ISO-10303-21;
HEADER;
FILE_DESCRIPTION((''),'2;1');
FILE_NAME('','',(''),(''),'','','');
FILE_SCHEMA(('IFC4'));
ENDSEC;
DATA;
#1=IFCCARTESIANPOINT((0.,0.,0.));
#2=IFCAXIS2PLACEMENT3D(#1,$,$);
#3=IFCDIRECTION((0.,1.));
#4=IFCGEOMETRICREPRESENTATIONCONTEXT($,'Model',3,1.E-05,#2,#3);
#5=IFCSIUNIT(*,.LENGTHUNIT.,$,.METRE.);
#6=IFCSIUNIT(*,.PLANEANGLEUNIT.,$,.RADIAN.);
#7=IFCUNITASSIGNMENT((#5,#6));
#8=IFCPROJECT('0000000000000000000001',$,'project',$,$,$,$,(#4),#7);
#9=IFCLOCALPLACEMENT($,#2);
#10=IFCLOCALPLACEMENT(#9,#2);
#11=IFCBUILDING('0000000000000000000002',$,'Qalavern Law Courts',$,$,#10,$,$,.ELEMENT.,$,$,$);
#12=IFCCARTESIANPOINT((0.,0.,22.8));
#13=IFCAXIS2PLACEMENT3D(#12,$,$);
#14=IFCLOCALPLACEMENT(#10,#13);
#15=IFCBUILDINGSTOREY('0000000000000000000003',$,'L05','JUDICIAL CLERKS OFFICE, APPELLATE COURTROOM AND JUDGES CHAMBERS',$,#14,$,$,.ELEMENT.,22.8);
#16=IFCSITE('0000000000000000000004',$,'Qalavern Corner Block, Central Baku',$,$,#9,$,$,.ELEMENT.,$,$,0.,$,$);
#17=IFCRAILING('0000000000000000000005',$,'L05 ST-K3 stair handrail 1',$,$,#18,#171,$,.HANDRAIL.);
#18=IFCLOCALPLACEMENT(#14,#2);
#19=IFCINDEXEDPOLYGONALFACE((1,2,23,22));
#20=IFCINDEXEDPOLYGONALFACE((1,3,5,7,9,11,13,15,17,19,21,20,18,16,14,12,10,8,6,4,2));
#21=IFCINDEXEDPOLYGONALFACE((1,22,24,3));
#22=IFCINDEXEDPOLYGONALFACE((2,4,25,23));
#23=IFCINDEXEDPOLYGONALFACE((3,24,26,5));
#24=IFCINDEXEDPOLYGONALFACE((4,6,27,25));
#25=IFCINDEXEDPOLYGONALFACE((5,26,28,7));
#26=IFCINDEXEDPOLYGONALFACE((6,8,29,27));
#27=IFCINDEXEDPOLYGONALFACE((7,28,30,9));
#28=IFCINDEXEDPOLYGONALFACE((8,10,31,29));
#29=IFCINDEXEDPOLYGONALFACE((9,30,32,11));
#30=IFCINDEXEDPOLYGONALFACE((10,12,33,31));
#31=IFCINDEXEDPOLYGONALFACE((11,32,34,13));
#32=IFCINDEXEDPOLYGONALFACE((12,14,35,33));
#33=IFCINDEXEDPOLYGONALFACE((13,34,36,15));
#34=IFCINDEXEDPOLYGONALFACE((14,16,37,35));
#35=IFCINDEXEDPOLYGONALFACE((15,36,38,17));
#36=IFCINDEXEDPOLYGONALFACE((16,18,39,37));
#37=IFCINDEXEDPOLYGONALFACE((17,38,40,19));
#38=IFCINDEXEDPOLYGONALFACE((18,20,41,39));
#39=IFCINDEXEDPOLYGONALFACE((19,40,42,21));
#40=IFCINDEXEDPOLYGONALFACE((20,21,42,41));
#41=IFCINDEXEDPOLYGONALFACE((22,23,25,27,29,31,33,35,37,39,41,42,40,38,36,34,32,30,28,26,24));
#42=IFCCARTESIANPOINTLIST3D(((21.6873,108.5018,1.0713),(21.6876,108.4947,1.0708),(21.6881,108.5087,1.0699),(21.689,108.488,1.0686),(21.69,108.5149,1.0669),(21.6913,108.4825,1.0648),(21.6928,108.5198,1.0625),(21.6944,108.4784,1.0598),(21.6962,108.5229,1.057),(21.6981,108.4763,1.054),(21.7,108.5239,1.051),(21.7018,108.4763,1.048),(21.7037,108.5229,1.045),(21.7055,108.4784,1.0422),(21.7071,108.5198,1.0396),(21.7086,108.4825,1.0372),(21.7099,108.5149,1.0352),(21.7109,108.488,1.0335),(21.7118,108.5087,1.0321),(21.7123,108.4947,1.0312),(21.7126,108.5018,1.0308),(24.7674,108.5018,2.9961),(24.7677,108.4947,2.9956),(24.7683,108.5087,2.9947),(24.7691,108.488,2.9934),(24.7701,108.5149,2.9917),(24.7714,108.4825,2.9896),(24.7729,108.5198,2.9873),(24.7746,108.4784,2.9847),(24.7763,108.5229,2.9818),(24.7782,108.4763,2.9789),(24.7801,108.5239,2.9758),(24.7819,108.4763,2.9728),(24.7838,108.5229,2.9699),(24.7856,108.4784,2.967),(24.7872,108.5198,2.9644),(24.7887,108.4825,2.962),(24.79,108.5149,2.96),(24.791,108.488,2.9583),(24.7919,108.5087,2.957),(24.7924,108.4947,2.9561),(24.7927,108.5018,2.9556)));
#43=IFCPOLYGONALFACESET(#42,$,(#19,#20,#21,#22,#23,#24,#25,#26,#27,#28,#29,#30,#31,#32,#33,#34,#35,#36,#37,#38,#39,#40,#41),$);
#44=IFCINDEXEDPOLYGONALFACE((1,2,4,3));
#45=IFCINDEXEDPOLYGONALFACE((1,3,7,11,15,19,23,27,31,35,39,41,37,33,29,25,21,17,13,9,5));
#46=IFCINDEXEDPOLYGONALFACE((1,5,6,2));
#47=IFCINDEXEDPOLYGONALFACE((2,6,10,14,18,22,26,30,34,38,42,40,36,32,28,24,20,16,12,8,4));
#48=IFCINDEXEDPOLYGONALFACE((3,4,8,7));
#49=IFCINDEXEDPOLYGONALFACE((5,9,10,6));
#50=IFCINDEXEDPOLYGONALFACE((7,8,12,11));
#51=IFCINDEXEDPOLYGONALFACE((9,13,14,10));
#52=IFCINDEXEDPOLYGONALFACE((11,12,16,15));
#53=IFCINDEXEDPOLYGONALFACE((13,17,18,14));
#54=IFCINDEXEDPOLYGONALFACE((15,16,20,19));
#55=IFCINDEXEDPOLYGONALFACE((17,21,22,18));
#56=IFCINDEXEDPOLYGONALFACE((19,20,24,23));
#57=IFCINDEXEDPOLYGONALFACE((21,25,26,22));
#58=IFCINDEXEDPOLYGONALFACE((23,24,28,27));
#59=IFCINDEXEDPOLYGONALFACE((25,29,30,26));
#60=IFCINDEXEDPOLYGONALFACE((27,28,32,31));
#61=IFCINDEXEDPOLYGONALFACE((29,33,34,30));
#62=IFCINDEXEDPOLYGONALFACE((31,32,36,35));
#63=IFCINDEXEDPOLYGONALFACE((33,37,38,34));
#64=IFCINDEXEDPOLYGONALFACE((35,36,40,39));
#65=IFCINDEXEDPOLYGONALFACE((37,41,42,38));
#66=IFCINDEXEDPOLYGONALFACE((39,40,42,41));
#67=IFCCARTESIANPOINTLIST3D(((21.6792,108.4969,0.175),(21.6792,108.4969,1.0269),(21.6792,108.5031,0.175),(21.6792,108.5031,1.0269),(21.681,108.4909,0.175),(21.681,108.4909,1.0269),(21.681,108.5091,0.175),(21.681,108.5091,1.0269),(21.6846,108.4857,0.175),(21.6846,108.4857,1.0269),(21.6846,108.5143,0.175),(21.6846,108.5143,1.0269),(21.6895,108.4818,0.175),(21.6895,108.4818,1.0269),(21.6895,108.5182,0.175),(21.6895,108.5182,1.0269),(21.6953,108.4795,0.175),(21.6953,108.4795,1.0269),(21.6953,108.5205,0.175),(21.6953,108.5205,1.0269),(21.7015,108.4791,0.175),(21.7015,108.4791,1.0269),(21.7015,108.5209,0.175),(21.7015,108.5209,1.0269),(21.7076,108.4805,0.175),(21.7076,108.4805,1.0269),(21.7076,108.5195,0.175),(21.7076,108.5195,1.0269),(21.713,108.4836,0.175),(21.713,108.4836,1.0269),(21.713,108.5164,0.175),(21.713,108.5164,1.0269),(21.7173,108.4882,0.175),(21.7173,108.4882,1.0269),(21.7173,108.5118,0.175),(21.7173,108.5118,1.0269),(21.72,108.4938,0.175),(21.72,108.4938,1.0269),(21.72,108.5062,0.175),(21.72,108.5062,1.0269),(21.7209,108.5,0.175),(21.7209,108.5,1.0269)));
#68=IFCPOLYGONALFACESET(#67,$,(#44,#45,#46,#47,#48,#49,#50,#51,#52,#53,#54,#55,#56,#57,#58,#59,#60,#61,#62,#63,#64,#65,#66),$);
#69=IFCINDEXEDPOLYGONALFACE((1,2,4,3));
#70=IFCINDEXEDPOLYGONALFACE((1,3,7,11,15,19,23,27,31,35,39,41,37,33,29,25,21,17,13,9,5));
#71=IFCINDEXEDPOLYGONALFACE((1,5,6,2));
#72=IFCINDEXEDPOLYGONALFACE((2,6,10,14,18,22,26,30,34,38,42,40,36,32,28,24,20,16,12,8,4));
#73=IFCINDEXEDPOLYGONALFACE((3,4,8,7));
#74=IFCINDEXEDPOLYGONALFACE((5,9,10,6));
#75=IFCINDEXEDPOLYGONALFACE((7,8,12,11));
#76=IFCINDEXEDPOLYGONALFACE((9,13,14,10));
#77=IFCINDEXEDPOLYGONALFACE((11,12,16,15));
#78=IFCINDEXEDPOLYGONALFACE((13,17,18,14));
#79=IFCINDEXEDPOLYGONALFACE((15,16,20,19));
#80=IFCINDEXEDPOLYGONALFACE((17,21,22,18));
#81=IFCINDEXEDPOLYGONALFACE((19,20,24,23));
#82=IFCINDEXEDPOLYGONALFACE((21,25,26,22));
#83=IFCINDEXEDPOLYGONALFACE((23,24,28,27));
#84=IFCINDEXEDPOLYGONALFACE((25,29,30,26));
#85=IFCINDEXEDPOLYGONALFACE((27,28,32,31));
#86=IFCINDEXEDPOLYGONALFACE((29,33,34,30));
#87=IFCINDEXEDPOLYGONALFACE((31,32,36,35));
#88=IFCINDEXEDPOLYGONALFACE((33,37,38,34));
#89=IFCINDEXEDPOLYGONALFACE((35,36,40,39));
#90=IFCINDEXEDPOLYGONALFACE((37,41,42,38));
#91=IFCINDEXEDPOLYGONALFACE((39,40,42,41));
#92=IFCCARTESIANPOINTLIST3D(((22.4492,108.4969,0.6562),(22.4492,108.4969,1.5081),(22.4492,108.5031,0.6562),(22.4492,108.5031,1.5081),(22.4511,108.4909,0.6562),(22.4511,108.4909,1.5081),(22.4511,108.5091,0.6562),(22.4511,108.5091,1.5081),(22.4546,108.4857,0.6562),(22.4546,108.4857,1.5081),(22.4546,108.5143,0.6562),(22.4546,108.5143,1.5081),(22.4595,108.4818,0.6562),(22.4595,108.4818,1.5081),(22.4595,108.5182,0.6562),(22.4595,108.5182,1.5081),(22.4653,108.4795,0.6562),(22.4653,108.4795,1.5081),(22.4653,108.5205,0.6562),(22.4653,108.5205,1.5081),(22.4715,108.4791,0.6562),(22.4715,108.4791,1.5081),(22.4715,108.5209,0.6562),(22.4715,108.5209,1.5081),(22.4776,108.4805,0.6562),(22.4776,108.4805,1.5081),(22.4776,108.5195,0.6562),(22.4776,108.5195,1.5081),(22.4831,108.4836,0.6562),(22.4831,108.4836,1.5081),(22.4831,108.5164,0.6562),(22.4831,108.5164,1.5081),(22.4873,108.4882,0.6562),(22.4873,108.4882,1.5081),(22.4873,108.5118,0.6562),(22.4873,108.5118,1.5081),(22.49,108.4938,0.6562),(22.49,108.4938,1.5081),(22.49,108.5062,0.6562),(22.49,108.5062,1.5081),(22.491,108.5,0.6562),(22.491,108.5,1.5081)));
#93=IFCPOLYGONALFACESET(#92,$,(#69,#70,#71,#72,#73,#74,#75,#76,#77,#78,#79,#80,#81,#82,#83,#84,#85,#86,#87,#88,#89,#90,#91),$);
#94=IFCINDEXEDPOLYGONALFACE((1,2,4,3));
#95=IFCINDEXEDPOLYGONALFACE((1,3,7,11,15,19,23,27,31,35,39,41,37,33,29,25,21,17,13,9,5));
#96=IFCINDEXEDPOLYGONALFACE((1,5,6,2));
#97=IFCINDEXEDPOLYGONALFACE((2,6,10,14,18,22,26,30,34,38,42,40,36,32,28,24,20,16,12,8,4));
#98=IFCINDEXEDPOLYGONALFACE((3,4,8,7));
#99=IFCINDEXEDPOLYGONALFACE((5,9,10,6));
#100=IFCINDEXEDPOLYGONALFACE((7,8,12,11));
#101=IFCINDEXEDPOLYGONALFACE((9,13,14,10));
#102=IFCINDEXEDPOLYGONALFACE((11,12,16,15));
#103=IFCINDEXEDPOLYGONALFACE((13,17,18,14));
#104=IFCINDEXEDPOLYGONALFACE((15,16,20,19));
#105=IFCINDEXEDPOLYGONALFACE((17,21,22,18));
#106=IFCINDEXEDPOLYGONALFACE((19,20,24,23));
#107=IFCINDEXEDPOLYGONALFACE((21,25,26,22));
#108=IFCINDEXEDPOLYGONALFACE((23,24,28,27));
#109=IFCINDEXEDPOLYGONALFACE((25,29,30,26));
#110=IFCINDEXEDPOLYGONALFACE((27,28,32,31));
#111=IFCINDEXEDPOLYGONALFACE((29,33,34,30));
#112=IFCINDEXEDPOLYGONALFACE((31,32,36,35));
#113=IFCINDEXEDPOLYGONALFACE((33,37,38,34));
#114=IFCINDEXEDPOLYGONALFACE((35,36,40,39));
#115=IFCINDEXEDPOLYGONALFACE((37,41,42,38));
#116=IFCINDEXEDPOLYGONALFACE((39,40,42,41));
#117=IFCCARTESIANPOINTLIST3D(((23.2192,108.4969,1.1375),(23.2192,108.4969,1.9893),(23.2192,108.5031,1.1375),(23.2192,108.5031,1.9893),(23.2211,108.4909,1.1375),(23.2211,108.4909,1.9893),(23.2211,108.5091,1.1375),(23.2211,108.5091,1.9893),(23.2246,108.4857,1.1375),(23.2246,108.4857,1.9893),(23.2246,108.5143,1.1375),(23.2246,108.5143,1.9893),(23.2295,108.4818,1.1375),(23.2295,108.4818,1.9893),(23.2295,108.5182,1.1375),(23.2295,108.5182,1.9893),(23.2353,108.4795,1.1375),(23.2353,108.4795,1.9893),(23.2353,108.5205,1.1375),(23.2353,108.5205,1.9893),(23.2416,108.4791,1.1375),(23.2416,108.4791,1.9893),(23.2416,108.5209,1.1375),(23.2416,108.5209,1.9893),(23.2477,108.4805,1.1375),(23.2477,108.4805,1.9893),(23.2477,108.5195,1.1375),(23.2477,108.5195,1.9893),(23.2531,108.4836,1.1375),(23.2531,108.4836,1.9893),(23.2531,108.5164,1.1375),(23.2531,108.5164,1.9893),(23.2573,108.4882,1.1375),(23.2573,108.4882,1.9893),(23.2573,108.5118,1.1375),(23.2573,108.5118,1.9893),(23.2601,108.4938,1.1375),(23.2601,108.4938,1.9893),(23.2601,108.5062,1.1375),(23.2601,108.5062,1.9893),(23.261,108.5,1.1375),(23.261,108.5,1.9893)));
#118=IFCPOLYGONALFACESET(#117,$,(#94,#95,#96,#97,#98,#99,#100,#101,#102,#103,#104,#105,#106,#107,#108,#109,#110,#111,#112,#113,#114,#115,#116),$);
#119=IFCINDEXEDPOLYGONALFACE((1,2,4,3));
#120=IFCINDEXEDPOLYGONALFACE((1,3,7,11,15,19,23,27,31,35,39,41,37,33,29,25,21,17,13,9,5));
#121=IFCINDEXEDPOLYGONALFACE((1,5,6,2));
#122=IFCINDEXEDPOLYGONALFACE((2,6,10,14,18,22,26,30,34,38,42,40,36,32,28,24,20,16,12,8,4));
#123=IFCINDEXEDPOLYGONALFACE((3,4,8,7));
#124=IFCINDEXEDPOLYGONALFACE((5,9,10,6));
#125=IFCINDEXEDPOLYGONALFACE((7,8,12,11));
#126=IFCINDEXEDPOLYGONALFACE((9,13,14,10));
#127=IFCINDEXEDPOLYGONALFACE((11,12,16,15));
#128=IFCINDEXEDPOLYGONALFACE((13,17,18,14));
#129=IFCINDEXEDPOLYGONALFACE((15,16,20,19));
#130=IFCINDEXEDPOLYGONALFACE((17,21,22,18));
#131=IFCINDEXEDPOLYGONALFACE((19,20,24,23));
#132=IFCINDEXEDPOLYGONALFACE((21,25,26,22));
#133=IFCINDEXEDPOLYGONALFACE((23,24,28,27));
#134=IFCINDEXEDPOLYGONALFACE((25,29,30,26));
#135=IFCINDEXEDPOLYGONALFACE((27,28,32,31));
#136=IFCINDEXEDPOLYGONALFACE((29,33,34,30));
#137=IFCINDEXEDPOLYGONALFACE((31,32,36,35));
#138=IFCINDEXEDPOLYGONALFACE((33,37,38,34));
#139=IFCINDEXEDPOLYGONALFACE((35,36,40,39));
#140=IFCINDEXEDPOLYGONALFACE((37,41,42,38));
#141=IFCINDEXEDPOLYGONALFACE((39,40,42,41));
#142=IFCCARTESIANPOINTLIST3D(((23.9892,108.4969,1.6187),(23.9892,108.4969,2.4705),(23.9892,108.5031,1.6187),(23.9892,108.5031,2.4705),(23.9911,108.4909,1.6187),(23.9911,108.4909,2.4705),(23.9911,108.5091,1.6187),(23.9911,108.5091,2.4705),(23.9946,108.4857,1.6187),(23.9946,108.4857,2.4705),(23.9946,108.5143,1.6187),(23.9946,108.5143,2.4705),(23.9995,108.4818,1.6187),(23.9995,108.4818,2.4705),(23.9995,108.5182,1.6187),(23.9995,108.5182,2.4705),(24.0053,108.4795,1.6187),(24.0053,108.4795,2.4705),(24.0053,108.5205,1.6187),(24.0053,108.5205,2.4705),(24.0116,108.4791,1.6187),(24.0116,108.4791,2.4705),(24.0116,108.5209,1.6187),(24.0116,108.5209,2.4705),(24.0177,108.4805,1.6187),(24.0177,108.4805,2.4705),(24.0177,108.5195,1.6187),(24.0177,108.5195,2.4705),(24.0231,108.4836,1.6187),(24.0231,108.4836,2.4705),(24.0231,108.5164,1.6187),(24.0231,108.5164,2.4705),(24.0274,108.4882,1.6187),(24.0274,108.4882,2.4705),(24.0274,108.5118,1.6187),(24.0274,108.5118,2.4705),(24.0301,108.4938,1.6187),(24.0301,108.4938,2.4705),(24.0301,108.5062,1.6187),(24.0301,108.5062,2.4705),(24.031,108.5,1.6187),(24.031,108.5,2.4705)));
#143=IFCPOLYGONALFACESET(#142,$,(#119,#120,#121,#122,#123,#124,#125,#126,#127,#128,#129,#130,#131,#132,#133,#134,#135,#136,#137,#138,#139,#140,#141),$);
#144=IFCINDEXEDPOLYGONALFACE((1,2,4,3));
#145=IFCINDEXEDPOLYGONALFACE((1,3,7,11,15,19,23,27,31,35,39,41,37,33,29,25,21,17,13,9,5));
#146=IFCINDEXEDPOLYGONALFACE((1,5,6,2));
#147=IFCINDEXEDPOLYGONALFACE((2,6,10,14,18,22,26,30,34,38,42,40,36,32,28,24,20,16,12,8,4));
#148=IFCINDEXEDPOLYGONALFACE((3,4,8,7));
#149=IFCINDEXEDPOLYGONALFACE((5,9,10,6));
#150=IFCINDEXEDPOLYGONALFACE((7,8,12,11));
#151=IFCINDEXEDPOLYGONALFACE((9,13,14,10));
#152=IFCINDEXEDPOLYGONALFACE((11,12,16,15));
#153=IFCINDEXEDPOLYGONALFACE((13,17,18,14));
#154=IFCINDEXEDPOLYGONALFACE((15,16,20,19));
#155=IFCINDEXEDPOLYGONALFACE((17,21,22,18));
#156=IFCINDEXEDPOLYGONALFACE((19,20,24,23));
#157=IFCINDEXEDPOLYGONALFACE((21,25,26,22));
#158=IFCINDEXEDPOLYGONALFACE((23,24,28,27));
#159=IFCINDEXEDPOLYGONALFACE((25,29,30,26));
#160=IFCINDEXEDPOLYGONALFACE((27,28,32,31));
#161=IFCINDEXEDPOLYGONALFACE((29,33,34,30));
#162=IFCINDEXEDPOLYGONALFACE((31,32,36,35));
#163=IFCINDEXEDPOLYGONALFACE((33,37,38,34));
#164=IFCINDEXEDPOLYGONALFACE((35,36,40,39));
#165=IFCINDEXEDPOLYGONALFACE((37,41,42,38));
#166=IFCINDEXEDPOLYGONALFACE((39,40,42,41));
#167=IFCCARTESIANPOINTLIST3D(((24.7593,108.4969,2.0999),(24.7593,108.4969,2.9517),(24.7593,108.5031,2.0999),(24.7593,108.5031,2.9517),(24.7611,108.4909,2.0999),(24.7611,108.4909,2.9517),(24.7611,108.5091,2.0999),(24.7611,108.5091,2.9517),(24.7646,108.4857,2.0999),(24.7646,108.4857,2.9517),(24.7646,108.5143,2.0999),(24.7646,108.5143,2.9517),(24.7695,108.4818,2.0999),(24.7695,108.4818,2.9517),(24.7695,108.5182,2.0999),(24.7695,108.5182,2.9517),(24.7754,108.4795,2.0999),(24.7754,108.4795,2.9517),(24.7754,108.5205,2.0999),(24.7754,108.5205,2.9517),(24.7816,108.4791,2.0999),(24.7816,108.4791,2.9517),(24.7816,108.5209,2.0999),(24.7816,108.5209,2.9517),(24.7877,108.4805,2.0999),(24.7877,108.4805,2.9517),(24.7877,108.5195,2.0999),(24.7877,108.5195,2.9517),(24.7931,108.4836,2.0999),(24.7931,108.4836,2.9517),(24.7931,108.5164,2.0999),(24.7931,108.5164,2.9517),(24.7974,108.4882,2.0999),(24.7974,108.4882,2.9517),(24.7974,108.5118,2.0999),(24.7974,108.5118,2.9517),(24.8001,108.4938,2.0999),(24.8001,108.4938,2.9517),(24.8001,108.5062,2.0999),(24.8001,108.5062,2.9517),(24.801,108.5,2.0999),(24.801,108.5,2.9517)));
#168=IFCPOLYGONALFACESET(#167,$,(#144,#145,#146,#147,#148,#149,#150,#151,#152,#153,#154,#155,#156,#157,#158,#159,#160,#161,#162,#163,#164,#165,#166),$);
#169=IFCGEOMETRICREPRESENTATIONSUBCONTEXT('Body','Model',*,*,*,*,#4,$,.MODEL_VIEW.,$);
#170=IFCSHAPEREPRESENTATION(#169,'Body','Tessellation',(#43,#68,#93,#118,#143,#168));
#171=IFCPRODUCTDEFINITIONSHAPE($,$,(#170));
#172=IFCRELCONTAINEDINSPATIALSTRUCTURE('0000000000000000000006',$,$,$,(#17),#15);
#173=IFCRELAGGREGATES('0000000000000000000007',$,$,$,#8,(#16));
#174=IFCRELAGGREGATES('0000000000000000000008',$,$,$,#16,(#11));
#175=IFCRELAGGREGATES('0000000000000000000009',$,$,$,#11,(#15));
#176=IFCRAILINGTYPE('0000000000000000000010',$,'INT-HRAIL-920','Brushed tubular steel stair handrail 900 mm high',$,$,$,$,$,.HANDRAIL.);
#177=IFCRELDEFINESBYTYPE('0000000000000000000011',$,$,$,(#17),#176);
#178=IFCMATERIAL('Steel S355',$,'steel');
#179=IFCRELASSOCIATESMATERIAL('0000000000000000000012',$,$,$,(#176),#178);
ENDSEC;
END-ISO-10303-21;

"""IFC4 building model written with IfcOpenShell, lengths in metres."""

from ifc_helpers import new_model, si_unit, direction, frame, origin, origin_2d, place, context, subcontext, project, spatial, circle, extrude, material, type_object, element, save


model = new_model("IFC4")

# Units and contexts
model_context = context("Model", 3, precision=1e-05, world=origin(), true_north=direction((0.0, 1.0)))
body_context = subcontext(model_context, "Body", "Model", "MODEL_VIEW")
ifc_project = project(units=[si_unit("LENGTHUNIT", "METRE"), si_unit("PLANEANGLEUNIT", "RADIAN")], contexts=[model_context])

# Site, building, storey
site_placement = place(None, origin())
site = spatial("IfcSite", under=ifc_project, at=site_placement, Name="Qalavern Corner Block, Central Baku", CompositionType="ELEMENT", RefElevation=0.0)
building_placement = place(site_placement, origin())
building = spatial("IfcBuilding", under=site, at=building_placement, Name="Qalavern Law Courts", CompositionType="ELEMENT")
storey_placement = place(building_placement, frame((0.0, 0.0, 22.8)))
storey = spatial("IfcBuildingStorey", under=building, at=storey_placement, Name="L05", Description="JUDICIAL CLERKS OFFICE, APPELLATE COURTROOM AND JUDGES CHAMBERS", CompositionType="ELEMENT", Elevation=22.8)

# Railing
ifc_material_1 = material(Name="Steel S355", Category="steel")
railing_type_1 = type_object("IfcRailingType", Name="INT-HRAIL-920", Description="Brushed tubular steel stair handrail 900 mm high", PredefinedType="HANDRAIL", material=ifc_material_1)
railing_1_placement = place(storey_placement, frame((21.7, 108.5, 0.175)))
element("IfcRailing", 1, at=railing_1_placement, inside=storey, type_object=railing_type_1, Name="L05 ST-K3 stair handrail 1", PredefinedType="HANDRAIL", context=body_context, shape_type="SweptSolid", body=[
    extrude(circle(Radius=0.0239, at=origin_2d()), frame((0.0, 0.0, 0.876), z_axis=(0.848029, 0.0, 0.529951), x_axis=(0.0, 1.0, 0.0)), (0.0, 0.0, 1.0), 3.6321),
    extrude(circle(Radius=0.021, at=origin_2d()), origin(), (0.0, 0.0, 1.0), 0.8518),
    extrude(circle(Radius=0.021, at=origin_2d()), frame((0.77, 0.0, 0.4812)), (0.0, 0.0, 1.0), 0.8518),
    extrude(circle(Radius=0.021, at=origin_2d()), frame((1.54, 0.0, 0.9624)), (0.0, 0.0, 1.0), 0.8518),
    extrude(circle(Radius=0.021, at=origin_2d()), frame((2.3101, 0.0, 1.4436)), (0.0, 0.0, 1.0), 0.8518),
    extrude(circle(Radius=0.021, at=origin_2d()), frame((3.0801, 0.0, 1.9248)), (0.0, 0.0, 1.0), 0.8518),
])

save(model, "model.ifc")
